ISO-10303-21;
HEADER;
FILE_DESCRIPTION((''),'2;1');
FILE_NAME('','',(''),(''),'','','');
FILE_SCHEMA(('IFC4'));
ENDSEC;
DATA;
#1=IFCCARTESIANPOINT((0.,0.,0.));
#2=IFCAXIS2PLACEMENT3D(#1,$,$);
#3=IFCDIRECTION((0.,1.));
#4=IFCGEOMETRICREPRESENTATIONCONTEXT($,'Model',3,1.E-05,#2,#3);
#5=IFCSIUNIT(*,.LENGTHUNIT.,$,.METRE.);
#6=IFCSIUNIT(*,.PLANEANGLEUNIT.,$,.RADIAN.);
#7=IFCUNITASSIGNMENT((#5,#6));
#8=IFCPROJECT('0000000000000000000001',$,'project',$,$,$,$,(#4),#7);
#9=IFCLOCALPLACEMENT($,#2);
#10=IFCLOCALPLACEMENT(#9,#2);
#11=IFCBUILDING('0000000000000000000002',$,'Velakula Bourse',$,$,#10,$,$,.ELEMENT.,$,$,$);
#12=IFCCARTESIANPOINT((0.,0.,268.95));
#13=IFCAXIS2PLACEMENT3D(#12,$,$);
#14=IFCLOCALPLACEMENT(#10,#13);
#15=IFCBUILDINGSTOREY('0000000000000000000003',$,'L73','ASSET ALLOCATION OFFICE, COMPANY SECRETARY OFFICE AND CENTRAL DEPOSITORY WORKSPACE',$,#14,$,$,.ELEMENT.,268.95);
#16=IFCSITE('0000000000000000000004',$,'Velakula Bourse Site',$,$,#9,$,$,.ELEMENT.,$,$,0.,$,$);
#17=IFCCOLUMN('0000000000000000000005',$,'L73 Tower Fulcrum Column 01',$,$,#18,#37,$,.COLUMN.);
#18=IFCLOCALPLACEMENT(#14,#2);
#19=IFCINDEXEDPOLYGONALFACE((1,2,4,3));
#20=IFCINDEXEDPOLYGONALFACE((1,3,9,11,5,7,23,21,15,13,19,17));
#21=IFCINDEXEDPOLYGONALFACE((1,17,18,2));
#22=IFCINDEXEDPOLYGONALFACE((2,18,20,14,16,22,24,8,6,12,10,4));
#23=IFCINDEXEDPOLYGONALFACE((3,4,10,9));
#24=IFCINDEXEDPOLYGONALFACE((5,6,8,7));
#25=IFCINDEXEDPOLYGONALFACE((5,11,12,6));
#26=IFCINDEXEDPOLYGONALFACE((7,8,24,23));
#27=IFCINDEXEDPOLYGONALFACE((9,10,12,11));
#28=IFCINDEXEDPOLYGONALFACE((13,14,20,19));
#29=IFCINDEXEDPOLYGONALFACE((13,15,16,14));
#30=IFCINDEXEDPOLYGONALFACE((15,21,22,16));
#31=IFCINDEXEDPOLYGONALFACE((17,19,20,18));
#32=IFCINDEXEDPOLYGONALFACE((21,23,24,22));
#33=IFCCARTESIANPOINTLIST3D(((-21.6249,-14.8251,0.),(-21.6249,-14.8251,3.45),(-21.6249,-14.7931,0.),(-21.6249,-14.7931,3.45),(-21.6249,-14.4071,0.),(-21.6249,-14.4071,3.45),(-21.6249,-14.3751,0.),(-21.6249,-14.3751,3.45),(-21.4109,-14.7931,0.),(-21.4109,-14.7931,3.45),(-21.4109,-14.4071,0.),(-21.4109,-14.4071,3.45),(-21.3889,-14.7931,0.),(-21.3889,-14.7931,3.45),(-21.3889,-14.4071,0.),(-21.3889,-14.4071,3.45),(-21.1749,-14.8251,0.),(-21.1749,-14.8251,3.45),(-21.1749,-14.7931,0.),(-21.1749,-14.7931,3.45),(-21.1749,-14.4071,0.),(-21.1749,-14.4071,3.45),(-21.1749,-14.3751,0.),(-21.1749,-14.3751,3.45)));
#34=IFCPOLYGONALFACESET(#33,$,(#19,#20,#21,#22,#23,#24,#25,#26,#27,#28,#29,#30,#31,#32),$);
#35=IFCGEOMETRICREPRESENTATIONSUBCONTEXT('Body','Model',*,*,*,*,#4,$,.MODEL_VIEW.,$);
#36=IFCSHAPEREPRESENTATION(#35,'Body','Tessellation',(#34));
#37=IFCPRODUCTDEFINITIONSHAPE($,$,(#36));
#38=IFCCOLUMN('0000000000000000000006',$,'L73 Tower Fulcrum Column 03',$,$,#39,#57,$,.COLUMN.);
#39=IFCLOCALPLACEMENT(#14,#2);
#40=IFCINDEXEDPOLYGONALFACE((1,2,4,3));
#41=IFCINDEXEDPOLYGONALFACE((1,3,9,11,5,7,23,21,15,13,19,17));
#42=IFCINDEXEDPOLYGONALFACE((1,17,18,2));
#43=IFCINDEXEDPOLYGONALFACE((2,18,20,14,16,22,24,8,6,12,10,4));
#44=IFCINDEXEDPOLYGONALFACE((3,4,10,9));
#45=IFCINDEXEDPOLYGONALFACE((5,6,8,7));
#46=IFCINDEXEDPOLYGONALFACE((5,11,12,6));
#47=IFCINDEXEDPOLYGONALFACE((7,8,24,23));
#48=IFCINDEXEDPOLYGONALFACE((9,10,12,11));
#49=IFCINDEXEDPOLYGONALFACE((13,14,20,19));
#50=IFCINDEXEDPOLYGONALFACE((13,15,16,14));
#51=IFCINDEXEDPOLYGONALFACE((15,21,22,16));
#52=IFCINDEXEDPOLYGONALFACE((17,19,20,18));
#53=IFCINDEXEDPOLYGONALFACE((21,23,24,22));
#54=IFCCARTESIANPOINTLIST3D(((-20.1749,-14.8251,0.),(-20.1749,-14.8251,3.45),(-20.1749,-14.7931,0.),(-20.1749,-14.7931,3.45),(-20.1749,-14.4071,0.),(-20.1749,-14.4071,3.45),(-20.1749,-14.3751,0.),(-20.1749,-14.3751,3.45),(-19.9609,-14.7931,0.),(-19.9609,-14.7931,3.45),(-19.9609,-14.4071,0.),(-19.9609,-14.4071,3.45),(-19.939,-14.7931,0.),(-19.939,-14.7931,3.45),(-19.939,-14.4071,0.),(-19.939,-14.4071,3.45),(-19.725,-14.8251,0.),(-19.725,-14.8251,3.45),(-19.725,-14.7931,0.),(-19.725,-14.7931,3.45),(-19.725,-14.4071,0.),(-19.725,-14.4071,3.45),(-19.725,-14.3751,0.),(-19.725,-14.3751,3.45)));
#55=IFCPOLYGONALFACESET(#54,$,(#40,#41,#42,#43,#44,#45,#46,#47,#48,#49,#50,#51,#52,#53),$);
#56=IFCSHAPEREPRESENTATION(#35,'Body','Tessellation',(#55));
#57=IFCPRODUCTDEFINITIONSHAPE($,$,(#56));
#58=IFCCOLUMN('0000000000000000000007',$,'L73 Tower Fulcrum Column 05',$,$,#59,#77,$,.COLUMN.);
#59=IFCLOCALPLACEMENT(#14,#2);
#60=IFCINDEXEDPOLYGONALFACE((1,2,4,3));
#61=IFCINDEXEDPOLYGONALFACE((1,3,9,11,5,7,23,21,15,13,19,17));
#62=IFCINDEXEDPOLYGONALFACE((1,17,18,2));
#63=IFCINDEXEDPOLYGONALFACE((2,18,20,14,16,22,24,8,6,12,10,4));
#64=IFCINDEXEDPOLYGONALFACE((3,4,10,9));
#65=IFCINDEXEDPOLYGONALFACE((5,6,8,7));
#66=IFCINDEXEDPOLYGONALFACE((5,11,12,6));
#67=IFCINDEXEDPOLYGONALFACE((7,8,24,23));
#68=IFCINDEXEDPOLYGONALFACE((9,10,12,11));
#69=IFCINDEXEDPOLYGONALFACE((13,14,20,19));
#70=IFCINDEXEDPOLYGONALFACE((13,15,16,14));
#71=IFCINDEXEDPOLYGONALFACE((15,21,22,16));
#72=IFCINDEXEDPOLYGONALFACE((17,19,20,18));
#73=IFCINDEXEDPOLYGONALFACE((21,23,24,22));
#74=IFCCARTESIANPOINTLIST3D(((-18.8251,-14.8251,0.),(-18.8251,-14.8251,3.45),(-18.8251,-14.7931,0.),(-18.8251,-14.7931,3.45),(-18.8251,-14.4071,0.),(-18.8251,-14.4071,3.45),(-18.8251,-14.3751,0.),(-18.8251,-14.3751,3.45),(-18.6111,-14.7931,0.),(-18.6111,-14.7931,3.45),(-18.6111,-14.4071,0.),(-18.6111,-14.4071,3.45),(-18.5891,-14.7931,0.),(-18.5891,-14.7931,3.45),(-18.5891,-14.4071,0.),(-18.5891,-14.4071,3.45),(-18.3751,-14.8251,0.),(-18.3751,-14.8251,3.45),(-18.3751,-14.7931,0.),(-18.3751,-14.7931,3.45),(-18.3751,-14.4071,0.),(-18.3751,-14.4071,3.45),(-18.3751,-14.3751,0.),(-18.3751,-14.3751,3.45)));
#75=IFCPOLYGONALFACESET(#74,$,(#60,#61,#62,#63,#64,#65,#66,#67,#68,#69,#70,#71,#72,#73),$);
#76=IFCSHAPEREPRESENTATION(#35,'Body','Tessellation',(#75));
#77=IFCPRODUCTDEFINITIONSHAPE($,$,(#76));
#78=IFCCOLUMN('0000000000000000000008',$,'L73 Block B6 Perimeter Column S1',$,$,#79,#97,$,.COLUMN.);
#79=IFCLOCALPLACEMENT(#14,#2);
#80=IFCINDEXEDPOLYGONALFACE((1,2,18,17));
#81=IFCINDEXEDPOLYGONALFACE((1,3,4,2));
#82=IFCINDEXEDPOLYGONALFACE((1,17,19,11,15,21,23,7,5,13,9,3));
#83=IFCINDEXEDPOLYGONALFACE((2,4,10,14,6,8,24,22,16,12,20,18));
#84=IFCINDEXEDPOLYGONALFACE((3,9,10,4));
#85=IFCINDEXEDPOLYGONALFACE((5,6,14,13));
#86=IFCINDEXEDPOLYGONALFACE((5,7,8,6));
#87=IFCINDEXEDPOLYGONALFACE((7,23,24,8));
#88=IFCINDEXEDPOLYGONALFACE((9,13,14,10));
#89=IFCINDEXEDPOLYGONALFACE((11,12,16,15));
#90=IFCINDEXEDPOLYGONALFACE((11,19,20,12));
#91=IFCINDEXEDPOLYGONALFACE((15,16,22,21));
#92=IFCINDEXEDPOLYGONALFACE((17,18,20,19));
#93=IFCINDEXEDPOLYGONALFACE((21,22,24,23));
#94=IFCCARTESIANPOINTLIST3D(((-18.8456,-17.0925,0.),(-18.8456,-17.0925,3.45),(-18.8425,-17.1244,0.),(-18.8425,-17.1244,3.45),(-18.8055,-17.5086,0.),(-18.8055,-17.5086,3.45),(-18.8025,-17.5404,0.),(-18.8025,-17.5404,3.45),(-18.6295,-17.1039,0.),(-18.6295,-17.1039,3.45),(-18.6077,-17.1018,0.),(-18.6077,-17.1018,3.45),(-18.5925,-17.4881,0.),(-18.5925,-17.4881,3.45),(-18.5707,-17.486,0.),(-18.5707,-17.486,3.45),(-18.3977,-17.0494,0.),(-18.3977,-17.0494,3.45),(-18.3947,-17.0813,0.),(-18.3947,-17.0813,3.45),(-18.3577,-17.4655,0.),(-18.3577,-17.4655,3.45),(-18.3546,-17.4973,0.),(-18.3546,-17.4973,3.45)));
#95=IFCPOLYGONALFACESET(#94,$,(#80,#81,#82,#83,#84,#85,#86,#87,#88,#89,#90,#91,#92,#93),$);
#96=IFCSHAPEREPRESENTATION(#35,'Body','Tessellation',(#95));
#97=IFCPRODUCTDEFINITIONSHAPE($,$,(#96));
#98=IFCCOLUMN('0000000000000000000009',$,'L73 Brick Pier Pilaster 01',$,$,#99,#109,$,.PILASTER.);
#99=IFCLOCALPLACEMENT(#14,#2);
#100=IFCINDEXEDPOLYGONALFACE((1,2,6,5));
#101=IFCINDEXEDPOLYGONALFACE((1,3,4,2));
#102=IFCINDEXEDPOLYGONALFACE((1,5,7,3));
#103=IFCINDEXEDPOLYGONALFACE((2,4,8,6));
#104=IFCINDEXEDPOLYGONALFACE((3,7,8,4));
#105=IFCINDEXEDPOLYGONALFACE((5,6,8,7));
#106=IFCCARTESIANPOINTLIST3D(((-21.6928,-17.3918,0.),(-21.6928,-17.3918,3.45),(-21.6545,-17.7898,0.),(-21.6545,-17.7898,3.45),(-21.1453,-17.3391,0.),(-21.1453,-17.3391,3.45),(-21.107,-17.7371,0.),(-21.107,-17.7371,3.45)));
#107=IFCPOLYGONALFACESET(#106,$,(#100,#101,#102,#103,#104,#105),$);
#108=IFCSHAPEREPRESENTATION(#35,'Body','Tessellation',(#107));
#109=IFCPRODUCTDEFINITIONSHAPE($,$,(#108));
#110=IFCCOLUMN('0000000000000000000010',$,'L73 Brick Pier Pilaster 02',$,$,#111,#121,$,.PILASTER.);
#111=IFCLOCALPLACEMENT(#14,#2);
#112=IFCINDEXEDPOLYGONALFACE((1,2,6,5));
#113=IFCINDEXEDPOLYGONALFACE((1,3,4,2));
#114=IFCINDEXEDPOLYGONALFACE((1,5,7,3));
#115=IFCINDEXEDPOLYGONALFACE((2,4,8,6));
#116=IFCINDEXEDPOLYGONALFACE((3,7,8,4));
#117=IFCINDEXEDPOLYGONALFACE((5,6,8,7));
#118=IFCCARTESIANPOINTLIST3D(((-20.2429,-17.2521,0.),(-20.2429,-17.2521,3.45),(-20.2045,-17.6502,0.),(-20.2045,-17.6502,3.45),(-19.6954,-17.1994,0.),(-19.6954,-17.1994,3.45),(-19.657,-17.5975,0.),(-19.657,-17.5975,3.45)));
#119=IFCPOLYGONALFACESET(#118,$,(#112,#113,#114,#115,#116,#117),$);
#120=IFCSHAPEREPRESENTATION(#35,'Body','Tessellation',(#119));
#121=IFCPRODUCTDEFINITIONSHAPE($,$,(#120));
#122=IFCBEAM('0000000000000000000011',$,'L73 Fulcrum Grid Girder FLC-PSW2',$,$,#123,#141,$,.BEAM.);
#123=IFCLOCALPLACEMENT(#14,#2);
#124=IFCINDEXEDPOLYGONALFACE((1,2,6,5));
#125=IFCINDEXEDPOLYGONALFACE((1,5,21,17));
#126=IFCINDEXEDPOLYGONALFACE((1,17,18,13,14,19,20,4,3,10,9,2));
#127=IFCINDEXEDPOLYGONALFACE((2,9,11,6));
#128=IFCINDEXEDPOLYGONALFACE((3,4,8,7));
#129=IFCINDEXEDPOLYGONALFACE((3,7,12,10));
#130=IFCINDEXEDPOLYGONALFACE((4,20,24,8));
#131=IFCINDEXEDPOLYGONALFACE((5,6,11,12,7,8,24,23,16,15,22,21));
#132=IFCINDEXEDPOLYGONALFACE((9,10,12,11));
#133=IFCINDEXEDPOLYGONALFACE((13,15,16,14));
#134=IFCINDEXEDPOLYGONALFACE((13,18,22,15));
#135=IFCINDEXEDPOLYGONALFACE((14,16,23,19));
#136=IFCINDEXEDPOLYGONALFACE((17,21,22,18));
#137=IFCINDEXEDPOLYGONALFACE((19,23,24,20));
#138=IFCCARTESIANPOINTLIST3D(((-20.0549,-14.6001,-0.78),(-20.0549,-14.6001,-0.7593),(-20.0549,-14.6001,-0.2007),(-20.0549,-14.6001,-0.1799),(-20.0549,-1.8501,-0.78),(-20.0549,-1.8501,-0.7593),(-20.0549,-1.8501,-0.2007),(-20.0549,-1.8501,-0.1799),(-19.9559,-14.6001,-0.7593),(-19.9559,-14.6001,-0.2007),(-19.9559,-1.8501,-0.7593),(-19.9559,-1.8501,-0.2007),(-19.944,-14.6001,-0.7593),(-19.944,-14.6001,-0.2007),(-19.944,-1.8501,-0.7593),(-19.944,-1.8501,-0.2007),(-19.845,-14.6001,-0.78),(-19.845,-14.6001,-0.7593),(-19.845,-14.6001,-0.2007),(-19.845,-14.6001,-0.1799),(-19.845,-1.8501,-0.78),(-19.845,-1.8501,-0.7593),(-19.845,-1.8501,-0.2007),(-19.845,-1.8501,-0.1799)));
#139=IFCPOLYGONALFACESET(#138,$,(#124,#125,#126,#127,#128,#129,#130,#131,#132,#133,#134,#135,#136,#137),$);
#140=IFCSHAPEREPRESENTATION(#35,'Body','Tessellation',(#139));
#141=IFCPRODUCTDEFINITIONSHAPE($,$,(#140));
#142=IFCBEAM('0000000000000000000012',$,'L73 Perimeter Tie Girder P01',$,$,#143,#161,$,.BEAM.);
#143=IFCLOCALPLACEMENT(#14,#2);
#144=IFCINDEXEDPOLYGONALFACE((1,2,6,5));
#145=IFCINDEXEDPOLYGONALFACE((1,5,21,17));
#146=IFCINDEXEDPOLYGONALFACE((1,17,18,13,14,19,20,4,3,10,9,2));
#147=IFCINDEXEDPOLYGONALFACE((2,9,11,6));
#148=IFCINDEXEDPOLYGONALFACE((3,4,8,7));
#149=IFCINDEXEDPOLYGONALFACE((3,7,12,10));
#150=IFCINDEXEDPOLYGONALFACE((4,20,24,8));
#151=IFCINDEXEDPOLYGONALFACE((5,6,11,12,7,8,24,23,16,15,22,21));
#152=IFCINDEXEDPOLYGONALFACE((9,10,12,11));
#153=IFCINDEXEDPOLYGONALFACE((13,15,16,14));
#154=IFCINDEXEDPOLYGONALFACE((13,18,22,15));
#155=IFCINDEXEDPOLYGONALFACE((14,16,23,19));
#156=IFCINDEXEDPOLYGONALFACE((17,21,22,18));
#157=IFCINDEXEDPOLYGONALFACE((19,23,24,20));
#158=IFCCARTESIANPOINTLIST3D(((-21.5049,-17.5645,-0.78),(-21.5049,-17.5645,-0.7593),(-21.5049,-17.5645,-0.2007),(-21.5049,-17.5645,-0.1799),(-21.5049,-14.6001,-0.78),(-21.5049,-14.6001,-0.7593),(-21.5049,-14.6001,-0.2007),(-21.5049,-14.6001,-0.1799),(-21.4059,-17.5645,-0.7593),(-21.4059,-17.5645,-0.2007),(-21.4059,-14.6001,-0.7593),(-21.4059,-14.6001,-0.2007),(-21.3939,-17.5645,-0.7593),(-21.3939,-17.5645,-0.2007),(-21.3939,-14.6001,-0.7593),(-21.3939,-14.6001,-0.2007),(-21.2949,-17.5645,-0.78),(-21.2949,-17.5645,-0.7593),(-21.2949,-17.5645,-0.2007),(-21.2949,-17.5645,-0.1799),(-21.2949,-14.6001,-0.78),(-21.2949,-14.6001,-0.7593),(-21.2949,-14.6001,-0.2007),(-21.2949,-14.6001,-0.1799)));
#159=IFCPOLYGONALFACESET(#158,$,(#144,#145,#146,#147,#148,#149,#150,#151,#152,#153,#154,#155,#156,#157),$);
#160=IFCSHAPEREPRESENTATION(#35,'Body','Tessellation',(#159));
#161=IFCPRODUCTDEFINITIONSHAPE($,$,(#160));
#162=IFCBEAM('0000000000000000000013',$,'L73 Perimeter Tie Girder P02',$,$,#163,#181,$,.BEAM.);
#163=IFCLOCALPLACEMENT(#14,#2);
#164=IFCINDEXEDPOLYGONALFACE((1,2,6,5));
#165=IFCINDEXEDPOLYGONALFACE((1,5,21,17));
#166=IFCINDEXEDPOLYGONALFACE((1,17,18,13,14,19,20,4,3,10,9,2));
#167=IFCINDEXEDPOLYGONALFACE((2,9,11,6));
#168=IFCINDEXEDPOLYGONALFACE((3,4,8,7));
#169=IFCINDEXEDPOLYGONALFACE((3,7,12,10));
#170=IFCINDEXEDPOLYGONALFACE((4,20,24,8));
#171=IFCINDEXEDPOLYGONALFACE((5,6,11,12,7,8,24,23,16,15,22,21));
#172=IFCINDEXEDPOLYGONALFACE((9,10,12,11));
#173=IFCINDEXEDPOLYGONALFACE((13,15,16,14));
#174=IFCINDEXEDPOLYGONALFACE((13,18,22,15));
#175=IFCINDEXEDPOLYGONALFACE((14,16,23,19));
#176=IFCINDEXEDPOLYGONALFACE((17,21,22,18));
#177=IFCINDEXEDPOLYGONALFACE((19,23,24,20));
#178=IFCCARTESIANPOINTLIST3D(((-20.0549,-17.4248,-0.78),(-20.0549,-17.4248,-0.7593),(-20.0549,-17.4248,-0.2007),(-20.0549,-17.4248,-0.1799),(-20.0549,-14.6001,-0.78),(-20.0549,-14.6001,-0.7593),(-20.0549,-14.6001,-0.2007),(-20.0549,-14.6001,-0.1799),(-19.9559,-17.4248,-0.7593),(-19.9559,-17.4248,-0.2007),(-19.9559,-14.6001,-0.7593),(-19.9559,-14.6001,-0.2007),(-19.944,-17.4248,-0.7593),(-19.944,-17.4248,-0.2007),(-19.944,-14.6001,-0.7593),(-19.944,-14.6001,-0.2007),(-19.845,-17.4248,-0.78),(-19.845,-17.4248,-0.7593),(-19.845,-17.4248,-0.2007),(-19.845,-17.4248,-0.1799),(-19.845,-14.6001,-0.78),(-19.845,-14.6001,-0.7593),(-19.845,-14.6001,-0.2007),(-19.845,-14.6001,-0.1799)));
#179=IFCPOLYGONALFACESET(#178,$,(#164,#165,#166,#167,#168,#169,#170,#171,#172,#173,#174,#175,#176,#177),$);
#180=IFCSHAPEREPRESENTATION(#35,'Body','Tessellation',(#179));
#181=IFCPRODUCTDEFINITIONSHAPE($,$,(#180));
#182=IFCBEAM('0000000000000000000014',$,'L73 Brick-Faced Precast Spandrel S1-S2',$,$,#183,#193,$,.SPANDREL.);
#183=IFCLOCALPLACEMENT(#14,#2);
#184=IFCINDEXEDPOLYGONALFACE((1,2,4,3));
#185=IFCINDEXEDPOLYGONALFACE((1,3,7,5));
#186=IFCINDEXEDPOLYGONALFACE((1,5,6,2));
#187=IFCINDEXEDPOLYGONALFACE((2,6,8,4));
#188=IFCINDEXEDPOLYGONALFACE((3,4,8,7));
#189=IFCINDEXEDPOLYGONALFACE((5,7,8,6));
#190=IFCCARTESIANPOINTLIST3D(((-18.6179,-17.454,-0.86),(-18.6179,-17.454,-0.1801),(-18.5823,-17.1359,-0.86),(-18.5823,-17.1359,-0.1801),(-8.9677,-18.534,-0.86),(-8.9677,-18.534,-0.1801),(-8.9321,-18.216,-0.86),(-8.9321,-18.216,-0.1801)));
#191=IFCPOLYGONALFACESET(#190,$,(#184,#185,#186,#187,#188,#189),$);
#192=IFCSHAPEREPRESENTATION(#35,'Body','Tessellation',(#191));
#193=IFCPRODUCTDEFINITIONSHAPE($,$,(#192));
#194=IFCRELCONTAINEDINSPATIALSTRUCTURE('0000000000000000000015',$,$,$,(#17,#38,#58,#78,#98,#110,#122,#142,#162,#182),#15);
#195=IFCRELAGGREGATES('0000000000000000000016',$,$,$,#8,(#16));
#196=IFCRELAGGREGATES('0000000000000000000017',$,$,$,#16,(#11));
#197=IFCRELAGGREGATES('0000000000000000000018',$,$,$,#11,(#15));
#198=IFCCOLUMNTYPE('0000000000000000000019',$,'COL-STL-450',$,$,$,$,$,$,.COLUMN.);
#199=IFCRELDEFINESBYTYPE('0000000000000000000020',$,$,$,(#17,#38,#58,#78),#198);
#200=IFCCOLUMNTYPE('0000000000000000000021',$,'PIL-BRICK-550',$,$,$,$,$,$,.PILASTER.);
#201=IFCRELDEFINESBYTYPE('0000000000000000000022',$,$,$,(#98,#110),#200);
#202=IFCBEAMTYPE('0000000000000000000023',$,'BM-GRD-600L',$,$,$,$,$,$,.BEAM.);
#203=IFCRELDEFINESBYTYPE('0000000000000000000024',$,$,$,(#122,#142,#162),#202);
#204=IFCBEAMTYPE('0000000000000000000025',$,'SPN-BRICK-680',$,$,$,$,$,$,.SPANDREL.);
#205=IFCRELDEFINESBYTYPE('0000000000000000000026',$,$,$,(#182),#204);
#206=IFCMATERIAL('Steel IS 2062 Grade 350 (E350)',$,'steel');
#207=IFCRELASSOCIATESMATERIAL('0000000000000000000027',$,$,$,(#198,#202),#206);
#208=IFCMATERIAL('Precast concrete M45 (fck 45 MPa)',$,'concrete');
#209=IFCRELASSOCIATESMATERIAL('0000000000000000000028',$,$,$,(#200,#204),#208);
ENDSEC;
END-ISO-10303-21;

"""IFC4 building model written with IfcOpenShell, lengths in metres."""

from ifc_helpers import new_model, si_unit, direction, frame, origin, origin_2d, place, context, subcontext, project, spatial, rectangle, i_section, extrude, material, material_profile, profile_set, type_object, element, save


model = new_model("IFC4")

# Units and contexts
model_context = context("Model", 3, precision=1e-05, world=origin(), true_north=direction((0.0, 1.0)))
body_context = subcontext(model_context, "Body", "Model", "MODEL_VIEW")
ifc_project = project(units=[si_unit("LENGTHUNIT", "METRE"), si_unit("PLANEANGLEUNIT", "RADIAN")], contexts=[model_context])

# Site, building, storey
site_placement = place(None, origin())
site = spatial("IfcSite", under=ifc_project, at=site_placement, Name="Velakula Bourse Site", CompositionType="ELEMENT", RefElevation=0.0)
building_placement = place(site_placement, origin())
building = spatial("IfcBuilding", under=site, at=building_placement, Name="Velakula Bourse", CompositionType="ELEMENT")
storey_placement = place(building_placement, frame((0.0, 0.0, 268.95)))
storey = spatial("IfcBuildingStorey", under=building, at=storey_placement, Name="L73", Description="ASSET ALLOCATION OFFICE, COMPANY SECRETARY OFFICE AND CENTRAL DEPOSITORY WORKSPACE", CompositionType="ELEMENT", Elevation=268.95)

# Columns
ifc_material_1 = material(Name="Steel IS 2062 Grade 350 (E350)", Category="steel")
ifc_material_profile_1 = material_profile(ifc_material_1, i_section(OverallWidth=0.45, OverallDepth=0.45, WebThickness=0.022, FlangeThickness=0.032, at=origin_2d()), Name="Steel IS 2062 Grade 350 (E350)")
ifc_profile_set_1 = profile_set([ifc_material_profile_1], Name="Steel IS 2062 Grade 350 (E350)")
column_type_1 = type_object("IfcColumnType", Name="COL-STL-450", PredefinedType="COLUMN", material=ifc_profile_set_1)
for number, where, z_axis, x_axis, name in (
    (1, (-21.3999, -14.6001, 0.0), (0.0, 0.0, 1.0), (1.0, 0.0, 0.0), "L73 Tower Fulcrum Column 01"),
    (2, (-19.95, -14.6001, 0.0), (0.0, 0.0, 1.0), (1.0, 0.0, 0.0), "L73 Tower Fulcrum Column 03"),
    (3, (-18.6001, -14.6001, 0.0), (0.0, 0.0, 1.0), (1.0, 0.0, 0.0), "L73 Tower Fulcrum Column 05"),
    (4, (-18.6001, -17.2949, 0.0), (0.0, 0.0, 1.0), (0.995396, 0.095846, 0.0), "L73 Block B6 Perimeter Column S1"),
):
    element("IfcColumn", number, at=place(storey_placement, frame(where, z_axis=z_axis, x_axis=x_axis)), inside=storey, type_object=column_type_1, Name=name, PredefinedType="COLUMN", context=body_context, shape_type="SweptSolid", body=[
        extrude(i_section(OverallWidth=0.45, OverallDepth=0.45, WebThickness=0.022, FlangeThickness=0.032, at=origin_2d()), origin(), (0.0, 0.0, 1.0), 3.45),
    ])
ifc_material_2 = material(Name="Precast concrete M45 (fck 45 MPa)", Category="concrete")
ifc_material_profile_2 = material_profile(ifc_material_2, rectangle(XDim=0.55, YDim=0.3999, at=origin_2d()), Name="Precast concrete M45 (fck 45 MPa)")
ifc_profile_set_2 = profile_set([ifc_material_profile_2], Name="Precast concrete M45 (fck 45 MPa)")
column_type_2 = type_object("IfcColumnType", Name="PIL-BRICK-550", PredefinedType="PILASTER", material=ifc_profile_set_2)
for number, where, z_axis, x_axis, name in (
    (5, (-21.3999, -17.5645, 0.0), (0.0, 0.0, 1.0), (0.995396, 0.095846, 0.0), "L73 Brick Pier Pilaster 01"),
    (6, (-19.95, -17.4248, 0.0), (0.0, 0.0, 1.0), (0.995396, 0.095846, 0.0), "L73 Brick Pier Pilaster 02"),
):
    element("IfcColumn", number, at=place(storey_placement, frame(where, z_axis=z_axis, x_axis=x_axis)), inside=storey, type_object=column_type_2, Name=name, PredefinedType="PILASTER", context=body_context, shape_type="SweptSolid", body=[
        extrude(rectangle(XDim=0.55, YDim=0.3999, at=origin_2d()), origin(), (0.0, 0.0, 1.0), 3.45),
    ])

# Beams
ifc_material_profile_3 = material_profile(ifc_material_1, i_section(OverallWidth=0.21, OverallDepth=0.6001, WebThickness=0.012, FlangeThickness=0.0208, at=origin_2d()), Name="Steel IS 2062 Grade 350 (E350)")
ifc_profile_set_3 = profile_set([ifc_material_profile_3], Name="Steel IS 2062 Grade 350 (E350)")
beam_type_1 = type_object("IfcBeamType", Name="BM-GRD-600L", PredefinedType="BEAM", material=ifc_profile_set_3)
beam_1_placement = place(storey_placement, frame((-19.95, -14.6001, -0.48), z_axis=(0.0, 1.0, 0.0), x_axis=(-1.0, 0.0, 0.0)))
element("IfcBeam", 7, at=beam_1_placement, inside=storey, type_object=beam_type_1, Name="L73 Fulcrum Grid Girder FLC-PSW2", PredefinedType="BEAM", context=body_context, shape_type="SweptSolid", body=[
    extrude(i_section(OverallWidth=0.21, OverallDepth=0.6001, WebThickness=0.012, FlangeThickness=0.0208, at=origin_2d()), origin(), (0.0, 0.0, 1.0), 12.75),
])
beam_2_placement = place(storey_placement, frame((-21.3999, -14.6001, -0.48), z_axis=(0.0, -1.0, 0.0), x_axis=(1.0, 0.0, 0.0)))
element("IfcBeam", 8, at=beam_2_placement, inside=storey, type_object=beam_type_1, Name="L73 Perimeter Tie Girder P01", PredefinedType="BEAM", context=body_context, shape_type="SweptSolid", body=[
    extrude(i_section(OverallWidth=0.21, OverallDepth=0.6001, WebThickness=0.012, FlangeThickness=0.0208, at=origin_2d()), origin(), (0.0, 0.0, 1.0), 2.9644),
])
beam_3_placement = place(storey_placement, frame((-19.95, -14.6001, -0.48), z_axis=(0.0, -1.0, 0.0), x_axis=(1.0, 0.0, 0.0)))
element("IfcBeam", 9, at=beam_3_placement, inside=storey, type_object=beam_type_1, Name="L73 Perimeter Tie Girder P02", PredefinedType="BEAM", context=body_context, shape_type="SweptSolid", body=[
    extrude(i_section(OverallWidth=0.21, OverallDepth=0.6001, WebThickness=0.012, FlangeThickness=0.0208, at=origin_2d()), origin(), (0.0, 0.0, 1.0), 2.8247),
])
ifc_material_profile_4 = material_profile(ifc_material_2, rectangle(XDim=0.3201, YDim=0.6799, at=origin_2d()), Name="Precast concrete M45 (fck 45 MPa)")
ifc_profile_set_4 = profile_set([ifc_material_profile_4], Name="Precast concrete M45 (fck 45 MPa)")
beam_type_2 = type_object("IfcBeamType", Name="SPN-BRICK-680", PredefinedType="SPANDREL", material=ifc_profile_set_4)
beam_4_placement = place(storey_placement, frame((-18.6001, -17.2949, -0.52), z_axis=(0.993795, -0.111229, 0.0), x_axis=(0.111229, 0.993795, 0.0)))
element("IfcBeam", 10, at=beam_4_placement, inside=storey, type_object=beam_type_2, Name="L73 Brick-Faced Precast Spandrel S1-S2", PredefinedType="SPANDREL", context=body_context, shape_type="SweptSolid", body=[
    extrude(rectangle(XDim=0.3201, YDim=0.6799, at=origin_2d()), origin(), (0.0, 0.0, 1.0), 9.7104),
])

save(model, "model.ifc")
